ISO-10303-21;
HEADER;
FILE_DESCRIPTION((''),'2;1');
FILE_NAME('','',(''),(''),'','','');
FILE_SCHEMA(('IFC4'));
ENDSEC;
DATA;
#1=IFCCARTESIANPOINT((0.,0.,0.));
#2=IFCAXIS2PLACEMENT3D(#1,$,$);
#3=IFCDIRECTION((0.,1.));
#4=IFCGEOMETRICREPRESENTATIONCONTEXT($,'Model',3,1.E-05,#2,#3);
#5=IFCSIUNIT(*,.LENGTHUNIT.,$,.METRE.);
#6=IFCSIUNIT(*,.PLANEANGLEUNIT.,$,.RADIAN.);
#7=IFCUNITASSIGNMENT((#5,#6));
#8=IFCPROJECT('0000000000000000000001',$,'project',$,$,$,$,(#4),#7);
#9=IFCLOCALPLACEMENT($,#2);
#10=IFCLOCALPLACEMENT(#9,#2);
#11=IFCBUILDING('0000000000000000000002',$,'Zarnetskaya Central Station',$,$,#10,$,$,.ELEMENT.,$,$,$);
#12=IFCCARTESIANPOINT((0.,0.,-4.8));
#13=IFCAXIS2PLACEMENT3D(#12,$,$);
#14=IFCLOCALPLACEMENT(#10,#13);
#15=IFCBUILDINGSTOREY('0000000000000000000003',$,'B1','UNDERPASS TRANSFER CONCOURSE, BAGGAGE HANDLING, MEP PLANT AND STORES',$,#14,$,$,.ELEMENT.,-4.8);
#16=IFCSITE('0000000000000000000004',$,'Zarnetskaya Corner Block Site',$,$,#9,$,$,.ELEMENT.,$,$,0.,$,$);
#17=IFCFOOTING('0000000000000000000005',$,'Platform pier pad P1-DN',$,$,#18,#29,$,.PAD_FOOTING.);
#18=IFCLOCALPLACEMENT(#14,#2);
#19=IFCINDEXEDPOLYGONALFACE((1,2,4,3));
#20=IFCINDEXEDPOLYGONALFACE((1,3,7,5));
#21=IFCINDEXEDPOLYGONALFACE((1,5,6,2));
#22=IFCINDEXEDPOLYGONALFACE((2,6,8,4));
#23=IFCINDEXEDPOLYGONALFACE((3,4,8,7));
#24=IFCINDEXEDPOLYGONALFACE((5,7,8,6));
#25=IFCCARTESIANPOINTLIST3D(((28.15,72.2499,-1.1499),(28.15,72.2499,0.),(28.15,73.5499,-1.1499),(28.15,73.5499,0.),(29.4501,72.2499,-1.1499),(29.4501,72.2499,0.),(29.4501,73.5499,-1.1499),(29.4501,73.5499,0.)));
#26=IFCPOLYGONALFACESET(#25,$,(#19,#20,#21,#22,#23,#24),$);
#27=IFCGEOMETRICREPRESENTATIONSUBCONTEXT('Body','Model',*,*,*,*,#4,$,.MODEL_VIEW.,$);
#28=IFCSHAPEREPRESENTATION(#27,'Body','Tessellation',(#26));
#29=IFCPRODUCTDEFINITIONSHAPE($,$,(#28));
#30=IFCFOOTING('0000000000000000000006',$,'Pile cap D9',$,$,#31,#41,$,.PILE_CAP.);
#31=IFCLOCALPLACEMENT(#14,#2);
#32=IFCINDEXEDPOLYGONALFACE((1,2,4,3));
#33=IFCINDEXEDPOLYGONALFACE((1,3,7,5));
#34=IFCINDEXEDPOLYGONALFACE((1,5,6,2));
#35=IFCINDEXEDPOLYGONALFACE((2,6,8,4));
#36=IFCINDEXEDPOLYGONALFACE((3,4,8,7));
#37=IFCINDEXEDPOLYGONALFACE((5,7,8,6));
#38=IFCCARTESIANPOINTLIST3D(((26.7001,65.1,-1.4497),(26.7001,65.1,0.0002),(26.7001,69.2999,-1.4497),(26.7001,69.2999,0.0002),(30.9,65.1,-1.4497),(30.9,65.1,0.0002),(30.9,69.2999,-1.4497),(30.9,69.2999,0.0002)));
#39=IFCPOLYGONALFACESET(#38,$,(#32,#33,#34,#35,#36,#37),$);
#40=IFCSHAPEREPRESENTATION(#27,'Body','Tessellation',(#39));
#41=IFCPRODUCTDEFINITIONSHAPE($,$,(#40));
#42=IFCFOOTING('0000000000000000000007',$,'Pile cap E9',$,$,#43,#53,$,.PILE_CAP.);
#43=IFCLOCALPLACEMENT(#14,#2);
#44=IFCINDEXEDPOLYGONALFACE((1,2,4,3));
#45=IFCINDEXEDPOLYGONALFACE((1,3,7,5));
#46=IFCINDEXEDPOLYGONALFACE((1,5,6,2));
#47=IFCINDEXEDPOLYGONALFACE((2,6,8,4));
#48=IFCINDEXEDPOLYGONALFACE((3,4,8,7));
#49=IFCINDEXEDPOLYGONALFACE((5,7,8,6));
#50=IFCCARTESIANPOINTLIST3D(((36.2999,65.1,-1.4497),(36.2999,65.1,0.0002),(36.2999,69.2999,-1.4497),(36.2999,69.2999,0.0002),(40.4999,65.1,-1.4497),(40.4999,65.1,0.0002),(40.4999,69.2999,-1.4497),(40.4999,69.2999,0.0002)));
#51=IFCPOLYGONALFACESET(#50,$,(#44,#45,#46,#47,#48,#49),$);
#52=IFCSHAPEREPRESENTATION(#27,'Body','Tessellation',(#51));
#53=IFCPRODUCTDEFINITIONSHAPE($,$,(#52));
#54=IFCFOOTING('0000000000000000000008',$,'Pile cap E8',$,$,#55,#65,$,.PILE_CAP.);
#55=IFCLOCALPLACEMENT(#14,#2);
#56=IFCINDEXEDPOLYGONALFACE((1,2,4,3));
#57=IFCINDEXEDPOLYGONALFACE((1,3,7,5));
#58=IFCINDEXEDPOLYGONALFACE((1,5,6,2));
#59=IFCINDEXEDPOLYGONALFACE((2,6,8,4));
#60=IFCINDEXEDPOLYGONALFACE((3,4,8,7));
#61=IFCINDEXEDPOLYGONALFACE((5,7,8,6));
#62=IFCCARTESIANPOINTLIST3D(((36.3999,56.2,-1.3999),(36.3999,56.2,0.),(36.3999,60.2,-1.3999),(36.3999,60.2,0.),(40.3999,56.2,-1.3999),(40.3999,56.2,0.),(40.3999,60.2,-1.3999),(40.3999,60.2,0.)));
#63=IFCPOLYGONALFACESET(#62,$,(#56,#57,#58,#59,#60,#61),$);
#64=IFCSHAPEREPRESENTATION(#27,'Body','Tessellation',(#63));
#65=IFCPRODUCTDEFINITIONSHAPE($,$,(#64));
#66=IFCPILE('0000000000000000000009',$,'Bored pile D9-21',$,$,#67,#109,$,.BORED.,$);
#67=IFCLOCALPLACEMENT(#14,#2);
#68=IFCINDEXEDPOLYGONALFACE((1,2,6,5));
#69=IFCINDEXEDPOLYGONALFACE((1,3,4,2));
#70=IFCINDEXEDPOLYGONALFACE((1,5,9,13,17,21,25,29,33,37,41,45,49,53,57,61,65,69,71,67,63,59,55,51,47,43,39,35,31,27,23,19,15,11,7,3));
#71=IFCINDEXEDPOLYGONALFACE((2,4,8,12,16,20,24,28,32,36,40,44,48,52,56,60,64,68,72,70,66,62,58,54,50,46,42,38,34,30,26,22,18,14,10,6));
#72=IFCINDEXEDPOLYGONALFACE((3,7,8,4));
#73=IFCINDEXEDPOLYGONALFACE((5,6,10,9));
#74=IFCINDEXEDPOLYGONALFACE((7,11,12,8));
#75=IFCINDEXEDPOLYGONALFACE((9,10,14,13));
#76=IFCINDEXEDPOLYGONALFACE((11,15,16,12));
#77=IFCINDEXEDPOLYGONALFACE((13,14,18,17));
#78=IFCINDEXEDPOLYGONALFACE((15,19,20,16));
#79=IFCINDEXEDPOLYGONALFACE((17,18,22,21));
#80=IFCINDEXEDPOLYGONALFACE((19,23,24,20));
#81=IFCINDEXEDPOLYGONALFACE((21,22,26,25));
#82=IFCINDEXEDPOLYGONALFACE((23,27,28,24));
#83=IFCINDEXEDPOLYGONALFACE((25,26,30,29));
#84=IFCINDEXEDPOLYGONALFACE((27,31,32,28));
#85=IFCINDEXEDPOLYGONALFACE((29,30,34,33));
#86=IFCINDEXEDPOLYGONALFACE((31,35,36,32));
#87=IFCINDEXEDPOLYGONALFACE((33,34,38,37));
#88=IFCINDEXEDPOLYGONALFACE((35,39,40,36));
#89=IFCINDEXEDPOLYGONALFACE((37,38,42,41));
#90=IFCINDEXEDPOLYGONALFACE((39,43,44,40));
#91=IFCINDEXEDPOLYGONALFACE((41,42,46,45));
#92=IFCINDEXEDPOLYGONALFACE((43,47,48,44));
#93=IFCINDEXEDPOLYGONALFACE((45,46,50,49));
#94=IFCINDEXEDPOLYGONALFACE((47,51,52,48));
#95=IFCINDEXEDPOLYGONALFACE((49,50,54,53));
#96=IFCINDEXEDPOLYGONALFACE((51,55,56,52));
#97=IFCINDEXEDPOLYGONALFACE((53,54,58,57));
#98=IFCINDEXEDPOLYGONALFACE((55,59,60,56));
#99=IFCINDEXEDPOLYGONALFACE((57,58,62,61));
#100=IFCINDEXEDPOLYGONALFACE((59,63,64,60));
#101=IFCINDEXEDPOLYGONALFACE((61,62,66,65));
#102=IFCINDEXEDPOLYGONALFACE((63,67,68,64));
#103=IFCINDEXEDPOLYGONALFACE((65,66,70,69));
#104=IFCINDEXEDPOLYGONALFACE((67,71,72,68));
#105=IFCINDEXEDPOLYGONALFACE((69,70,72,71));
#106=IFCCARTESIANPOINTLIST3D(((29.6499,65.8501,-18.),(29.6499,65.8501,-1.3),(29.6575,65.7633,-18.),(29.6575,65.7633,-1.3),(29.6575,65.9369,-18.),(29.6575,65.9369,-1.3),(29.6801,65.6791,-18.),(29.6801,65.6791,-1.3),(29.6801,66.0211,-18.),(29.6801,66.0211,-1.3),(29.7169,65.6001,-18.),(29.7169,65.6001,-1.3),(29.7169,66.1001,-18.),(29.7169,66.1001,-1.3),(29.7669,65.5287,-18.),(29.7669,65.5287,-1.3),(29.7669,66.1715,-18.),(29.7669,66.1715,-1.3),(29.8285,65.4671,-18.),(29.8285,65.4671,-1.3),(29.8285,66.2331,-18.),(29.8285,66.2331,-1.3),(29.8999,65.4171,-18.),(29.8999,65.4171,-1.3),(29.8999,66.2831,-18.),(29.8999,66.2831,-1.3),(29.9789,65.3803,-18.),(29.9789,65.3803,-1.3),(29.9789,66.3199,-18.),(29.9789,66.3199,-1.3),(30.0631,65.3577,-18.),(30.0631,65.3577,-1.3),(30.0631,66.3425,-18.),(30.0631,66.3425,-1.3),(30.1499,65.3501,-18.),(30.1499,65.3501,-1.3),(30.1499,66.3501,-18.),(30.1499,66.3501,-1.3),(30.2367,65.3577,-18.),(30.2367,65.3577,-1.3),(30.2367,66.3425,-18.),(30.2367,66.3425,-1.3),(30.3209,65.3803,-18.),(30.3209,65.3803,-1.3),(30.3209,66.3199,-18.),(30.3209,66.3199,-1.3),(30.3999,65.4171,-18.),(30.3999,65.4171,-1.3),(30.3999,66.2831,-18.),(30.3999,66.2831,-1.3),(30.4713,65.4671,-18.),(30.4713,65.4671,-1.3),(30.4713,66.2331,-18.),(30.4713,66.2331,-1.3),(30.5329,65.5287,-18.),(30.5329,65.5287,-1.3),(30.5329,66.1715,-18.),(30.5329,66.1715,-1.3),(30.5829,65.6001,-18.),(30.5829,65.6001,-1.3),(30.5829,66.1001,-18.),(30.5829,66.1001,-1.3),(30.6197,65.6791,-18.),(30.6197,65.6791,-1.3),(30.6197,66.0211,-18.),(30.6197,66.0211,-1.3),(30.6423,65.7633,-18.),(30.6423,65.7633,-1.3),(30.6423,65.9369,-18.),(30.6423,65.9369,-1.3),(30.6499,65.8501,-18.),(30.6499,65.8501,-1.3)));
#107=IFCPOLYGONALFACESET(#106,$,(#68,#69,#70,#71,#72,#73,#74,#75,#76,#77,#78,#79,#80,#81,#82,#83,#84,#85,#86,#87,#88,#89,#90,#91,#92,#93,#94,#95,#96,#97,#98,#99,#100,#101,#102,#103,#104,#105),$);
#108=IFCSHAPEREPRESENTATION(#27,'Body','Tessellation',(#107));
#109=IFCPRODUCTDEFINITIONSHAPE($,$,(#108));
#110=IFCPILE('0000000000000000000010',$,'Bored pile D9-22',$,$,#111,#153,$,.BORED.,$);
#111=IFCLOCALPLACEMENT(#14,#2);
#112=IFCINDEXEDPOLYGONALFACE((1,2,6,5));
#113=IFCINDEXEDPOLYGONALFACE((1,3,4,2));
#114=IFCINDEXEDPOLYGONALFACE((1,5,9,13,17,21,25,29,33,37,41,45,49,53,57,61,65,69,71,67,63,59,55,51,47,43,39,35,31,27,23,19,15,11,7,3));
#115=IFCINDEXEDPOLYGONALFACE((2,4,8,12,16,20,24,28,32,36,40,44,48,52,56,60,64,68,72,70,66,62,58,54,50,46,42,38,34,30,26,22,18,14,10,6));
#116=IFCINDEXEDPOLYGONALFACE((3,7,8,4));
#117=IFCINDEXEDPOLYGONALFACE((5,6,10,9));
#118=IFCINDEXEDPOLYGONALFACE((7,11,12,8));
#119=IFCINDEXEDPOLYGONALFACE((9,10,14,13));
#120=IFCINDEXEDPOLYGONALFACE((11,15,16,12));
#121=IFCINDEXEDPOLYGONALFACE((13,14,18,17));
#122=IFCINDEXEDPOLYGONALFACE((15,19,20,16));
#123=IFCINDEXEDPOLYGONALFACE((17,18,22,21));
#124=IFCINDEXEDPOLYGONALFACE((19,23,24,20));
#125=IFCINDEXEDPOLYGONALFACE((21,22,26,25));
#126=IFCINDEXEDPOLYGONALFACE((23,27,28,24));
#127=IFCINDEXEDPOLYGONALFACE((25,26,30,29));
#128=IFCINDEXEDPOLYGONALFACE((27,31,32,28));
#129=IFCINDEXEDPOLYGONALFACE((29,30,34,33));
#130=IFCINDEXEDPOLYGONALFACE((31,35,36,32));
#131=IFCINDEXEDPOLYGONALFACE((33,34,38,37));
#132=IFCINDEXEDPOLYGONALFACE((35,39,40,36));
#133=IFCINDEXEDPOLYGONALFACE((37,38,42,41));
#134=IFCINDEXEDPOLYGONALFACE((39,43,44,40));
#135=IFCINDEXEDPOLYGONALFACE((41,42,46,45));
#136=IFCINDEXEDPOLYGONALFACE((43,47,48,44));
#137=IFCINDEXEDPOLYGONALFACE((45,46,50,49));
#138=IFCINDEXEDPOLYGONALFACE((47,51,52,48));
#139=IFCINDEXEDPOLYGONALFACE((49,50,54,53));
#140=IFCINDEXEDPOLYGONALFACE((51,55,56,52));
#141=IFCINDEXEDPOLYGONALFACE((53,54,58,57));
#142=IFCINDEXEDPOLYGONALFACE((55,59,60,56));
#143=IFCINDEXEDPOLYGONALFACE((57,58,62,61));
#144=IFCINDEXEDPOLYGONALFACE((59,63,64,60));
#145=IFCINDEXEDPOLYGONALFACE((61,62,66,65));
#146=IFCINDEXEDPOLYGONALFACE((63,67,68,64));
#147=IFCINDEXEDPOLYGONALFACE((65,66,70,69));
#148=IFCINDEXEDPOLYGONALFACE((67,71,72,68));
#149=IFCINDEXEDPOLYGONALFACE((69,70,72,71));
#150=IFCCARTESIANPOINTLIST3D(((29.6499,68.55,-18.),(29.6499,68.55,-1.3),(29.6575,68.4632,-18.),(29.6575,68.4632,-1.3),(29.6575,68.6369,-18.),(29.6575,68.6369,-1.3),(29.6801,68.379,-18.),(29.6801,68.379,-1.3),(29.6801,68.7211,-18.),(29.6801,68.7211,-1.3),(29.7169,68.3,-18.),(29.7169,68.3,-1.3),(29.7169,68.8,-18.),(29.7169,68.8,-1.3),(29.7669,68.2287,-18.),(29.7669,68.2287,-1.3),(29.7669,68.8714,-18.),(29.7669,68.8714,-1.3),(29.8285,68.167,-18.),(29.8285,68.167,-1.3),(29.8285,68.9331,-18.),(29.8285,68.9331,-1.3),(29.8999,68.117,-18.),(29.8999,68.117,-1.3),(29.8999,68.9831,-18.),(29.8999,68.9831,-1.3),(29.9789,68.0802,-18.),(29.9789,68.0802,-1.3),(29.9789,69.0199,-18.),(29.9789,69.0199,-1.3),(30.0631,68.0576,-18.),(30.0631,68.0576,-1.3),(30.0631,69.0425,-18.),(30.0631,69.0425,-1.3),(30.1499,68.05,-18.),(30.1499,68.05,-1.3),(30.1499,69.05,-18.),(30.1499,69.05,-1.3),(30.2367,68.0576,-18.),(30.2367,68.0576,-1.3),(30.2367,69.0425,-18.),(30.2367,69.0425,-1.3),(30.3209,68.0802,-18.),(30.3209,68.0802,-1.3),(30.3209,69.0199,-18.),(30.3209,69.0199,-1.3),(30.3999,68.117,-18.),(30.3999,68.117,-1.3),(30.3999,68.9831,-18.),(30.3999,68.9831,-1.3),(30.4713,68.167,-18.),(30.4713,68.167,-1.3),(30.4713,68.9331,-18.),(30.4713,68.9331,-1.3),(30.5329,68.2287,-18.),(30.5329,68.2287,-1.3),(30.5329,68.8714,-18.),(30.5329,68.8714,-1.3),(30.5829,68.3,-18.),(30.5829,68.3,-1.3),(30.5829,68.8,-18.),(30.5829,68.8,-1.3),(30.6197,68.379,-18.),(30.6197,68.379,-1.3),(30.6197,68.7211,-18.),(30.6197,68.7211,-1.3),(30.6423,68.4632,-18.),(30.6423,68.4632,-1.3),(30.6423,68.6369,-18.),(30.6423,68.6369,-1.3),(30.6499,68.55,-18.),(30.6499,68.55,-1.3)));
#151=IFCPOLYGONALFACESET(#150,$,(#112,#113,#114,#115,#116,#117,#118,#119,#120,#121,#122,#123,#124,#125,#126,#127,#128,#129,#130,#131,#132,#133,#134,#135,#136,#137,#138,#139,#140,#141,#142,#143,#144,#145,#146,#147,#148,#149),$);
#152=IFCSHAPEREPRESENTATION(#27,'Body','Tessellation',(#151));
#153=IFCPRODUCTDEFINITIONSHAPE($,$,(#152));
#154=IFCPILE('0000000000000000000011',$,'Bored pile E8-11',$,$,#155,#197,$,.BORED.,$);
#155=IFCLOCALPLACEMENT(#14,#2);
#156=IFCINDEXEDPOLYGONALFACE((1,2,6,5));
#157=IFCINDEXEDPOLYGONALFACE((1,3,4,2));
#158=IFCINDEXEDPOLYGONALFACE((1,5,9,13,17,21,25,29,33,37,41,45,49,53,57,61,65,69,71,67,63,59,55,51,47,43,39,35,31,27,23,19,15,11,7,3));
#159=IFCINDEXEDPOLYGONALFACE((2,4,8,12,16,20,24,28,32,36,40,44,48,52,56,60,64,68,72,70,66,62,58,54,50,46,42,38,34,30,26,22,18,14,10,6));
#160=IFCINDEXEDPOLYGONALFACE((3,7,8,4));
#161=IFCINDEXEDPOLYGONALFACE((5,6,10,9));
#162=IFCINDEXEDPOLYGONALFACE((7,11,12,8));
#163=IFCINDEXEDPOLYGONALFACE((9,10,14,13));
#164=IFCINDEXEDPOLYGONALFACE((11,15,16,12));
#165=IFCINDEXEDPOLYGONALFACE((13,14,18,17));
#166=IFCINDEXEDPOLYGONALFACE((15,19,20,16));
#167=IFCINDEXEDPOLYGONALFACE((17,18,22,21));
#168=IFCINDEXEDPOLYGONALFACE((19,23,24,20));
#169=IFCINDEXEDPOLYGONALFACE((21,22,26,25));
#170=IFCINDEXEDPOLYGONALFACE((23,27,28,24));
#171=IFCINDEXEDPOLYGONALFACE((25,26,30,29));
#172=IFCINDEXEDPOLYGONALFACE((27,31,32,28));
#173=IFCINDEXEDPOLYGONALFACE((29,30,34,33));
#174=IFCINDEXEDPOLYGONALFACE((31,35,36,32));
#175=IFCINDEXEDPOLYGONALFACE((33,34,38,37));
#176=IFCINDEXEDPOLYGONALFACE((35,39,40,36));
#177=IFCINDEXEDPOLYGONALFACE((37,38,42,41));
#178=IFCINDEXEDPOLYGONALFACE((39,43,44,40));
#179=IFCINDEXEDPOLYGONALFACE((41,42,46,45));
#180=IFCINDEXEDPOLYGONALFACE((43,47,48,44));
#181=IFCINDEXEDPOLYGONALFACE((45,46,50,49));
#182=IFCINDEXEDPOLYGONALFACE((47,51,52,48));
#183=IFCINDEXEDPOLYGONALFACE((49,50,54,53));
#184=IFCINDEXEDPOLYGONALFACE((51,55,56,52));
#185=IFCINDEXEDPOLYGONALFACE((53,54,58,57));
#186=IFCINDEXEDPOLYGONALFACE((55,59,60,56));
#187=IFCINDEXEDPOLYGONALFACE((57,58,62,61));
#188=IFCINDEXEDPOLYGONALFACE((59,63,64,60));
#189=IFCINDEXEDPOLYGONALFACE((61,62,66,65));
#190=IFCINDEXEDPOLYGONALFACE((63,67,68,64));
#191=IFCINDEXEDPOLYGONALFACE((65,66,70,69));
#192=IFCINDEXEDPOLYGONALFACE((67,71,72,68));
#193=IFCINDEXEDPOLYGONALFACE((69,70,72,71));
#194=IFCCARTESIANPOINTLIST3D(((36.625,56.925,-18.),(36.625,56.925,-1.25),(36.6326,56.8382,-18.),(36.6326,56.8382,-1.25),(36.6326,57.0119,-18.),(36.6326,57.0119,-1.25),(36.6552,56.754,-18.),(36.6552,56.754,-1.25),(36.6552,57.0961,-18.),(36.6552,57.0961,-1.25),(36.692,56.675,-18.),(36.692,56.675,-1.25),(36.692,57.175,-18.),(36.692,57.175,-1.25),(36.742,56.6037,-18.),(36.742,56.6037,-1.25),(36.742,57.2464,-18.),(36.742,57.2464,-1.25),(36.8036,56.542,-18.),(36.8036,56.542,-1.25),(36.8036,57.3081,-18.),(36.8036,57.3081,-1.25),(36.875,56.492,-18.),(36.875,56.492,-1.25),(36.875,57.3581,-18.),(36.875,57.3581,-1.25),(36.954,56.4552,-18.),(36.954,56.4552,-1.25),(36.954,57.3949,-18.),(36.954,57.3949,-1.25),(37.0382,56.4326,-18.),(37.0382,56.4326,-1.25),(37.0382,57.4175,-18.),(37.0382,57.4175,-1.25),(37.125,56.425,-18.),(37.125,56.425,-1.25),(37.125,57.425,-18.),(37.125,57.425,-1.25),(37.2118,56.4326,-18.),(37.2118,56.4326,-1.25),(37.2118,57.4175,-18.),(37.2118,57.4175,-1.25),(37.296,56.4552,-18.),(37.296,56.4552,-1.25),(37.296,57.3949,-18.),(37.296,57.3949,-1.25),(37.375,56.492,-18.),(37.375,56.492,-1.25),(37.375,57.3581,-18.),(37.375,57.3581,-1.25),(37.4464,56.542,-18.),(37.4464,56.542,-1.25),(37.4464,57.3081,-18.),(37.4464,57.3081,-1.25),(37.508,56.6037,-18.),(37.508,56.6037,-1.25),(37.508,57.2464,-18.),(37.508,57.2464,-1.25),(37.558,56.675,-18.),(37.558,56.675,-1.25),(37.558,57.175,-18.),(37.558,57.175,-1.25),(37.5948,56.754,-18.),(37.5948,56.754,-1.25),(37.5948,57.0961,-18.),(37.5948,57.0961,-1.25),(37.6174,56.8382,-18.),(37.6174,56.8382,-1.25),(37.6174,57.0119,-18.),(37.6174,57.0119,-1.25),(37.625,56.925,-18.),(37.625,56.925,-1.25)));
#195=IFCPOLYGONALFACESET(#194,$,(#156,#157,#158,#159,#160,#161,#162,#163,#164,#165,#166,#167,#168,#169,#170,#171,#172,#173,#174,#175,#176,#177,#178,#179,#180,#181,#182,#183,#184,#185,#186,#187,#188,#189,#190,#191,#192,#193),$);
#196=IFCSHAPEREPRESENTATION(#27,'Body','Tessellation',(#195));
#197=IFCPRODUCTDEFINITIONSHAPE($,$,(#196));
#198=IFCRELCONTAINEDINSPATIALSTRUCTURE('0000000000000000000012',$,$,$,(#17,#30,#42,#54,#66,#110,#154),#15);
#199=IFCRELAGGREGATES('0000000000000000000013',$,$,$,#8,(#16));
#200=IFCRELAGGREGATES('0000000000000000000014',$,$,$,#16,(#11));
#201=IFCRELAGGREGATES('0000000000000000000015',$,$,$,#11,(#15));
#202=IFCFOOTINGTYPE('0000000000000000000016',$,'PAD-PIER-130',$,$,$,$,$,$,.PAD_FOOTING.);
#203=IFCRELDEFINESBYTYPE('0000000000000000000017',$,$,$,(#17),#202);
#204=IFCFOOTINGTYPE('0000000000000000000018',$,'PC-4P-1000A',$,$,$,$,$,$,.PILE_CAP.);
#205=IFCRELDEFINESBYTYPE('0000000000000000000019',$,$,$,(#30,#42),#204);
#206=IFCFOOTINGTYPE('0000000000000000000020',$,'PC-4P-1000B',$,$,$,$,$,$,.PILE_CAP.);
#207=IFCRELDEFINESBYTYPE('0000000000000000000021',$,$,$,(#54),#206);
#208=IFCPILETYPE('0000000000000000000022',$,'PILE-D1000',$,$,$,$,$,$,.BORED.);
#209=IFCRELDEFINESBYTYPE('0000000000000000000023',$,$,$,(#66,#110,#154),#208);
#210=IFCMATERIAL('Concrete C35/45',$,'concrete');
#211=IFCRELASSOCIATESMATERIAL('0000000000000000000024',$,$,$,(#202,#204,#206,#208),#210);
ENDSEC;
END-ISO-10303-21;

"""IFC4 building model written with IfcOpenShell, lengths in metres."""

from ifc_helpers import new_model, si_unit, direction, frame, origin, origin_2d, place, context, subcontext, project, spatial, rectangle, circle, extrude, material, material_profile, profile_set, type_object, element, save


model = new_model("IFC4")

# Units and contexts
model_context = context("Model", 3, precision=1e-05, world=origin(), true_north=direction((0.0, 1.0)))
body_context = subcontext(model_context, "Body", "Model", "MODEL_VIEW")
ifc_project = project(units=[si_unit("LENGTHUNIT", "METRE"), si_unit("PLANEANGLEUNIT", "RADIAN")], contexts=[model_context])

# Site, building, storey
site_placement = place(None, origin())
site = spatial("IfcSite", under=ifc_project, at=site_placement, Name="Zarnetskaya Corner Block Site", CompositionType="ELEMENT", RefElevation=0.0)
building_placement = place(site_placement, origin())
building = spatial("IfcBuilding", under=site, at=building_placement, Name="Zarnetskaya Central Station", CompositionType="ELEMENT")
storey_placement = place(building_placement, frame((0.0, 0.0, -4.8)))
storey = spatial("IfcBuildingStorey", under=building, at=storey_placement, Name="B1", Description="UNDERPASS TRANSFER CONCOURSE, BAGGAGE HANDLING, MEP PLANT AND STORES", CompositionType="ELEMENT", Elevation=-4.8)

# Footings
ifc_material = material(Name="Concrete C35/45", Category="concrete")
footing_type_1 = type_object("IfcFootingType", Name="PAD-PIER-130", PredefinedType="PAD_FOOTING", material=ifc_material)
footing_1_placement = place(storey_placement, frame((28.8, 72.8999, -1.1499), z_axis=(0.0, 0.0, 1.0), x_axis=(1.0, 0.0, 0.0)))
element("IfcFooting", 1, at=footing_1_placement, inside=storey, type_object=footing_type_1, Name="Platform pier pad P1-DN", PredefinedType="PAD_FOOTING", context=body_context, shape_type="SweptSolid", body=[
    extrude(rectangle(XDim=1.3, YDim=1.3, at=origin_2d()), origin(), (0.0, 0.0, 1.0), 1.1499),
])
footing_type_2 = type_object("IfcFootingType", Name="PC-4P-1000A", PredefinedType="PILE_CAP", material=ifc_material)
for number, where, z_axis, x_axis, name in (
    (2, (28.8, 67.2, -1.4497), (0.0, 0.0, 1.0), (1.0, 0.0, 0.0), "Pile cap D9"),
    (3, (38.3999, 67.2, -1.4497), (0.0, 0.0, 1.0), (1.0, 0.0, 0.0), "Pile cap E9"),
):
    element("IfcFooting", number, at=place(storey_placement, frame(where, z_axis=z_axis, x_axis=x_axis)), inside=storey, type_object=footing_type_2, Name=name, PredefinedType="PILE_CAP", context=body_context, shape_type="SweptSolid", body=[
        extrude(rectangle(XDim=4.2, YDim=4.2, at=origin_2d()), origin(), (0.0, 0.0, 1.0), 1.45),
    ])
footing_type_3 = type_object("IfcFootingType", Name="PC-4P-1000B", PredefinedType="PILE_CAP", material=ifc_material)
footing_2_placement = place(storey_placement, frame((38.3999, 58.2, -1.3999), z_axis=(0.0, 0.0, 1.0), x_axis=(1.0, 0.0, 0.0)))
element("IfcFooting", 4, at=footing_2_placement, inside=storey, type_object=footing_type_3, Name="Pile cap E8", PredefinedType="PILE_CAP", context=body_context, shape_type="SweptSolid", body=[
    extrude(rectangle(XDim=4.0, YDim=4.0, at=origin_2d()), origin(), (0.0, 0.0, 1.0), 1.3999),
])

# Piles
ifc_material_profile_1 = material_profile(ifc_material, circle(Radius=0.5, at=origin_2d()), Name="BORED PILE D1000")
ifc_profile_set_1 = profile_set([ifc_material_profile_1], Name="Concrete C35/45")
pile_type_1 = type_object("IfcPileType", Name="PILE-D1000", PredefinedType="BORED", material=ifc_profile_set_1)
for number, where, z_axis, x_axis, name in (
    (5, (30.1499, 65.8501, -1.3), (0.0, 0.0, -1.0), (1.0, 0.0, 0.0), "Bored pile D9-21"),
    (6, (30.1499, 68.55, -1.3), (0.0, 0.0, -1.0), (1.0, 0.0, 0.0), "Bored pile D9-22"),
):
    element("IfcPile", number, at=place(storey_placement, frame(where, z_axis=z_axis, x_axis=x_axis)), inside=storey, type_object=pile_type_1, Name=name, PredefinedType="BORED", context=body_context, shape_type="SweptSolid", body=[
        extrude(circle(Radius=0.5, at=origin_2d()), origin(), (0.0, 0.0, 1.0), 16.7),
    ])
for number, where, z_axis, x_axis, name in (
    (7, (37.125, 56.925, -1.25), (0.0, 0.0, -1.0), (1.0, 0.0, 0.0), "Bored pile E8-11"),
):
    element("IfcPile", number, at=place(storey_placement, frame(where, z_axis=z_axis, x_axis=x_axis)), inside=storey, type_object=pile_type_1, Name=name, PredefinedType="BORED", context=body_context, shape_type="SweptSolid", body=[
        extrude(circle(Radius=0.5, at=origin_2d()), origin(), (0.0, 0.0, 1.0), 16.75),
    ])

save(model, "model.ifc")
